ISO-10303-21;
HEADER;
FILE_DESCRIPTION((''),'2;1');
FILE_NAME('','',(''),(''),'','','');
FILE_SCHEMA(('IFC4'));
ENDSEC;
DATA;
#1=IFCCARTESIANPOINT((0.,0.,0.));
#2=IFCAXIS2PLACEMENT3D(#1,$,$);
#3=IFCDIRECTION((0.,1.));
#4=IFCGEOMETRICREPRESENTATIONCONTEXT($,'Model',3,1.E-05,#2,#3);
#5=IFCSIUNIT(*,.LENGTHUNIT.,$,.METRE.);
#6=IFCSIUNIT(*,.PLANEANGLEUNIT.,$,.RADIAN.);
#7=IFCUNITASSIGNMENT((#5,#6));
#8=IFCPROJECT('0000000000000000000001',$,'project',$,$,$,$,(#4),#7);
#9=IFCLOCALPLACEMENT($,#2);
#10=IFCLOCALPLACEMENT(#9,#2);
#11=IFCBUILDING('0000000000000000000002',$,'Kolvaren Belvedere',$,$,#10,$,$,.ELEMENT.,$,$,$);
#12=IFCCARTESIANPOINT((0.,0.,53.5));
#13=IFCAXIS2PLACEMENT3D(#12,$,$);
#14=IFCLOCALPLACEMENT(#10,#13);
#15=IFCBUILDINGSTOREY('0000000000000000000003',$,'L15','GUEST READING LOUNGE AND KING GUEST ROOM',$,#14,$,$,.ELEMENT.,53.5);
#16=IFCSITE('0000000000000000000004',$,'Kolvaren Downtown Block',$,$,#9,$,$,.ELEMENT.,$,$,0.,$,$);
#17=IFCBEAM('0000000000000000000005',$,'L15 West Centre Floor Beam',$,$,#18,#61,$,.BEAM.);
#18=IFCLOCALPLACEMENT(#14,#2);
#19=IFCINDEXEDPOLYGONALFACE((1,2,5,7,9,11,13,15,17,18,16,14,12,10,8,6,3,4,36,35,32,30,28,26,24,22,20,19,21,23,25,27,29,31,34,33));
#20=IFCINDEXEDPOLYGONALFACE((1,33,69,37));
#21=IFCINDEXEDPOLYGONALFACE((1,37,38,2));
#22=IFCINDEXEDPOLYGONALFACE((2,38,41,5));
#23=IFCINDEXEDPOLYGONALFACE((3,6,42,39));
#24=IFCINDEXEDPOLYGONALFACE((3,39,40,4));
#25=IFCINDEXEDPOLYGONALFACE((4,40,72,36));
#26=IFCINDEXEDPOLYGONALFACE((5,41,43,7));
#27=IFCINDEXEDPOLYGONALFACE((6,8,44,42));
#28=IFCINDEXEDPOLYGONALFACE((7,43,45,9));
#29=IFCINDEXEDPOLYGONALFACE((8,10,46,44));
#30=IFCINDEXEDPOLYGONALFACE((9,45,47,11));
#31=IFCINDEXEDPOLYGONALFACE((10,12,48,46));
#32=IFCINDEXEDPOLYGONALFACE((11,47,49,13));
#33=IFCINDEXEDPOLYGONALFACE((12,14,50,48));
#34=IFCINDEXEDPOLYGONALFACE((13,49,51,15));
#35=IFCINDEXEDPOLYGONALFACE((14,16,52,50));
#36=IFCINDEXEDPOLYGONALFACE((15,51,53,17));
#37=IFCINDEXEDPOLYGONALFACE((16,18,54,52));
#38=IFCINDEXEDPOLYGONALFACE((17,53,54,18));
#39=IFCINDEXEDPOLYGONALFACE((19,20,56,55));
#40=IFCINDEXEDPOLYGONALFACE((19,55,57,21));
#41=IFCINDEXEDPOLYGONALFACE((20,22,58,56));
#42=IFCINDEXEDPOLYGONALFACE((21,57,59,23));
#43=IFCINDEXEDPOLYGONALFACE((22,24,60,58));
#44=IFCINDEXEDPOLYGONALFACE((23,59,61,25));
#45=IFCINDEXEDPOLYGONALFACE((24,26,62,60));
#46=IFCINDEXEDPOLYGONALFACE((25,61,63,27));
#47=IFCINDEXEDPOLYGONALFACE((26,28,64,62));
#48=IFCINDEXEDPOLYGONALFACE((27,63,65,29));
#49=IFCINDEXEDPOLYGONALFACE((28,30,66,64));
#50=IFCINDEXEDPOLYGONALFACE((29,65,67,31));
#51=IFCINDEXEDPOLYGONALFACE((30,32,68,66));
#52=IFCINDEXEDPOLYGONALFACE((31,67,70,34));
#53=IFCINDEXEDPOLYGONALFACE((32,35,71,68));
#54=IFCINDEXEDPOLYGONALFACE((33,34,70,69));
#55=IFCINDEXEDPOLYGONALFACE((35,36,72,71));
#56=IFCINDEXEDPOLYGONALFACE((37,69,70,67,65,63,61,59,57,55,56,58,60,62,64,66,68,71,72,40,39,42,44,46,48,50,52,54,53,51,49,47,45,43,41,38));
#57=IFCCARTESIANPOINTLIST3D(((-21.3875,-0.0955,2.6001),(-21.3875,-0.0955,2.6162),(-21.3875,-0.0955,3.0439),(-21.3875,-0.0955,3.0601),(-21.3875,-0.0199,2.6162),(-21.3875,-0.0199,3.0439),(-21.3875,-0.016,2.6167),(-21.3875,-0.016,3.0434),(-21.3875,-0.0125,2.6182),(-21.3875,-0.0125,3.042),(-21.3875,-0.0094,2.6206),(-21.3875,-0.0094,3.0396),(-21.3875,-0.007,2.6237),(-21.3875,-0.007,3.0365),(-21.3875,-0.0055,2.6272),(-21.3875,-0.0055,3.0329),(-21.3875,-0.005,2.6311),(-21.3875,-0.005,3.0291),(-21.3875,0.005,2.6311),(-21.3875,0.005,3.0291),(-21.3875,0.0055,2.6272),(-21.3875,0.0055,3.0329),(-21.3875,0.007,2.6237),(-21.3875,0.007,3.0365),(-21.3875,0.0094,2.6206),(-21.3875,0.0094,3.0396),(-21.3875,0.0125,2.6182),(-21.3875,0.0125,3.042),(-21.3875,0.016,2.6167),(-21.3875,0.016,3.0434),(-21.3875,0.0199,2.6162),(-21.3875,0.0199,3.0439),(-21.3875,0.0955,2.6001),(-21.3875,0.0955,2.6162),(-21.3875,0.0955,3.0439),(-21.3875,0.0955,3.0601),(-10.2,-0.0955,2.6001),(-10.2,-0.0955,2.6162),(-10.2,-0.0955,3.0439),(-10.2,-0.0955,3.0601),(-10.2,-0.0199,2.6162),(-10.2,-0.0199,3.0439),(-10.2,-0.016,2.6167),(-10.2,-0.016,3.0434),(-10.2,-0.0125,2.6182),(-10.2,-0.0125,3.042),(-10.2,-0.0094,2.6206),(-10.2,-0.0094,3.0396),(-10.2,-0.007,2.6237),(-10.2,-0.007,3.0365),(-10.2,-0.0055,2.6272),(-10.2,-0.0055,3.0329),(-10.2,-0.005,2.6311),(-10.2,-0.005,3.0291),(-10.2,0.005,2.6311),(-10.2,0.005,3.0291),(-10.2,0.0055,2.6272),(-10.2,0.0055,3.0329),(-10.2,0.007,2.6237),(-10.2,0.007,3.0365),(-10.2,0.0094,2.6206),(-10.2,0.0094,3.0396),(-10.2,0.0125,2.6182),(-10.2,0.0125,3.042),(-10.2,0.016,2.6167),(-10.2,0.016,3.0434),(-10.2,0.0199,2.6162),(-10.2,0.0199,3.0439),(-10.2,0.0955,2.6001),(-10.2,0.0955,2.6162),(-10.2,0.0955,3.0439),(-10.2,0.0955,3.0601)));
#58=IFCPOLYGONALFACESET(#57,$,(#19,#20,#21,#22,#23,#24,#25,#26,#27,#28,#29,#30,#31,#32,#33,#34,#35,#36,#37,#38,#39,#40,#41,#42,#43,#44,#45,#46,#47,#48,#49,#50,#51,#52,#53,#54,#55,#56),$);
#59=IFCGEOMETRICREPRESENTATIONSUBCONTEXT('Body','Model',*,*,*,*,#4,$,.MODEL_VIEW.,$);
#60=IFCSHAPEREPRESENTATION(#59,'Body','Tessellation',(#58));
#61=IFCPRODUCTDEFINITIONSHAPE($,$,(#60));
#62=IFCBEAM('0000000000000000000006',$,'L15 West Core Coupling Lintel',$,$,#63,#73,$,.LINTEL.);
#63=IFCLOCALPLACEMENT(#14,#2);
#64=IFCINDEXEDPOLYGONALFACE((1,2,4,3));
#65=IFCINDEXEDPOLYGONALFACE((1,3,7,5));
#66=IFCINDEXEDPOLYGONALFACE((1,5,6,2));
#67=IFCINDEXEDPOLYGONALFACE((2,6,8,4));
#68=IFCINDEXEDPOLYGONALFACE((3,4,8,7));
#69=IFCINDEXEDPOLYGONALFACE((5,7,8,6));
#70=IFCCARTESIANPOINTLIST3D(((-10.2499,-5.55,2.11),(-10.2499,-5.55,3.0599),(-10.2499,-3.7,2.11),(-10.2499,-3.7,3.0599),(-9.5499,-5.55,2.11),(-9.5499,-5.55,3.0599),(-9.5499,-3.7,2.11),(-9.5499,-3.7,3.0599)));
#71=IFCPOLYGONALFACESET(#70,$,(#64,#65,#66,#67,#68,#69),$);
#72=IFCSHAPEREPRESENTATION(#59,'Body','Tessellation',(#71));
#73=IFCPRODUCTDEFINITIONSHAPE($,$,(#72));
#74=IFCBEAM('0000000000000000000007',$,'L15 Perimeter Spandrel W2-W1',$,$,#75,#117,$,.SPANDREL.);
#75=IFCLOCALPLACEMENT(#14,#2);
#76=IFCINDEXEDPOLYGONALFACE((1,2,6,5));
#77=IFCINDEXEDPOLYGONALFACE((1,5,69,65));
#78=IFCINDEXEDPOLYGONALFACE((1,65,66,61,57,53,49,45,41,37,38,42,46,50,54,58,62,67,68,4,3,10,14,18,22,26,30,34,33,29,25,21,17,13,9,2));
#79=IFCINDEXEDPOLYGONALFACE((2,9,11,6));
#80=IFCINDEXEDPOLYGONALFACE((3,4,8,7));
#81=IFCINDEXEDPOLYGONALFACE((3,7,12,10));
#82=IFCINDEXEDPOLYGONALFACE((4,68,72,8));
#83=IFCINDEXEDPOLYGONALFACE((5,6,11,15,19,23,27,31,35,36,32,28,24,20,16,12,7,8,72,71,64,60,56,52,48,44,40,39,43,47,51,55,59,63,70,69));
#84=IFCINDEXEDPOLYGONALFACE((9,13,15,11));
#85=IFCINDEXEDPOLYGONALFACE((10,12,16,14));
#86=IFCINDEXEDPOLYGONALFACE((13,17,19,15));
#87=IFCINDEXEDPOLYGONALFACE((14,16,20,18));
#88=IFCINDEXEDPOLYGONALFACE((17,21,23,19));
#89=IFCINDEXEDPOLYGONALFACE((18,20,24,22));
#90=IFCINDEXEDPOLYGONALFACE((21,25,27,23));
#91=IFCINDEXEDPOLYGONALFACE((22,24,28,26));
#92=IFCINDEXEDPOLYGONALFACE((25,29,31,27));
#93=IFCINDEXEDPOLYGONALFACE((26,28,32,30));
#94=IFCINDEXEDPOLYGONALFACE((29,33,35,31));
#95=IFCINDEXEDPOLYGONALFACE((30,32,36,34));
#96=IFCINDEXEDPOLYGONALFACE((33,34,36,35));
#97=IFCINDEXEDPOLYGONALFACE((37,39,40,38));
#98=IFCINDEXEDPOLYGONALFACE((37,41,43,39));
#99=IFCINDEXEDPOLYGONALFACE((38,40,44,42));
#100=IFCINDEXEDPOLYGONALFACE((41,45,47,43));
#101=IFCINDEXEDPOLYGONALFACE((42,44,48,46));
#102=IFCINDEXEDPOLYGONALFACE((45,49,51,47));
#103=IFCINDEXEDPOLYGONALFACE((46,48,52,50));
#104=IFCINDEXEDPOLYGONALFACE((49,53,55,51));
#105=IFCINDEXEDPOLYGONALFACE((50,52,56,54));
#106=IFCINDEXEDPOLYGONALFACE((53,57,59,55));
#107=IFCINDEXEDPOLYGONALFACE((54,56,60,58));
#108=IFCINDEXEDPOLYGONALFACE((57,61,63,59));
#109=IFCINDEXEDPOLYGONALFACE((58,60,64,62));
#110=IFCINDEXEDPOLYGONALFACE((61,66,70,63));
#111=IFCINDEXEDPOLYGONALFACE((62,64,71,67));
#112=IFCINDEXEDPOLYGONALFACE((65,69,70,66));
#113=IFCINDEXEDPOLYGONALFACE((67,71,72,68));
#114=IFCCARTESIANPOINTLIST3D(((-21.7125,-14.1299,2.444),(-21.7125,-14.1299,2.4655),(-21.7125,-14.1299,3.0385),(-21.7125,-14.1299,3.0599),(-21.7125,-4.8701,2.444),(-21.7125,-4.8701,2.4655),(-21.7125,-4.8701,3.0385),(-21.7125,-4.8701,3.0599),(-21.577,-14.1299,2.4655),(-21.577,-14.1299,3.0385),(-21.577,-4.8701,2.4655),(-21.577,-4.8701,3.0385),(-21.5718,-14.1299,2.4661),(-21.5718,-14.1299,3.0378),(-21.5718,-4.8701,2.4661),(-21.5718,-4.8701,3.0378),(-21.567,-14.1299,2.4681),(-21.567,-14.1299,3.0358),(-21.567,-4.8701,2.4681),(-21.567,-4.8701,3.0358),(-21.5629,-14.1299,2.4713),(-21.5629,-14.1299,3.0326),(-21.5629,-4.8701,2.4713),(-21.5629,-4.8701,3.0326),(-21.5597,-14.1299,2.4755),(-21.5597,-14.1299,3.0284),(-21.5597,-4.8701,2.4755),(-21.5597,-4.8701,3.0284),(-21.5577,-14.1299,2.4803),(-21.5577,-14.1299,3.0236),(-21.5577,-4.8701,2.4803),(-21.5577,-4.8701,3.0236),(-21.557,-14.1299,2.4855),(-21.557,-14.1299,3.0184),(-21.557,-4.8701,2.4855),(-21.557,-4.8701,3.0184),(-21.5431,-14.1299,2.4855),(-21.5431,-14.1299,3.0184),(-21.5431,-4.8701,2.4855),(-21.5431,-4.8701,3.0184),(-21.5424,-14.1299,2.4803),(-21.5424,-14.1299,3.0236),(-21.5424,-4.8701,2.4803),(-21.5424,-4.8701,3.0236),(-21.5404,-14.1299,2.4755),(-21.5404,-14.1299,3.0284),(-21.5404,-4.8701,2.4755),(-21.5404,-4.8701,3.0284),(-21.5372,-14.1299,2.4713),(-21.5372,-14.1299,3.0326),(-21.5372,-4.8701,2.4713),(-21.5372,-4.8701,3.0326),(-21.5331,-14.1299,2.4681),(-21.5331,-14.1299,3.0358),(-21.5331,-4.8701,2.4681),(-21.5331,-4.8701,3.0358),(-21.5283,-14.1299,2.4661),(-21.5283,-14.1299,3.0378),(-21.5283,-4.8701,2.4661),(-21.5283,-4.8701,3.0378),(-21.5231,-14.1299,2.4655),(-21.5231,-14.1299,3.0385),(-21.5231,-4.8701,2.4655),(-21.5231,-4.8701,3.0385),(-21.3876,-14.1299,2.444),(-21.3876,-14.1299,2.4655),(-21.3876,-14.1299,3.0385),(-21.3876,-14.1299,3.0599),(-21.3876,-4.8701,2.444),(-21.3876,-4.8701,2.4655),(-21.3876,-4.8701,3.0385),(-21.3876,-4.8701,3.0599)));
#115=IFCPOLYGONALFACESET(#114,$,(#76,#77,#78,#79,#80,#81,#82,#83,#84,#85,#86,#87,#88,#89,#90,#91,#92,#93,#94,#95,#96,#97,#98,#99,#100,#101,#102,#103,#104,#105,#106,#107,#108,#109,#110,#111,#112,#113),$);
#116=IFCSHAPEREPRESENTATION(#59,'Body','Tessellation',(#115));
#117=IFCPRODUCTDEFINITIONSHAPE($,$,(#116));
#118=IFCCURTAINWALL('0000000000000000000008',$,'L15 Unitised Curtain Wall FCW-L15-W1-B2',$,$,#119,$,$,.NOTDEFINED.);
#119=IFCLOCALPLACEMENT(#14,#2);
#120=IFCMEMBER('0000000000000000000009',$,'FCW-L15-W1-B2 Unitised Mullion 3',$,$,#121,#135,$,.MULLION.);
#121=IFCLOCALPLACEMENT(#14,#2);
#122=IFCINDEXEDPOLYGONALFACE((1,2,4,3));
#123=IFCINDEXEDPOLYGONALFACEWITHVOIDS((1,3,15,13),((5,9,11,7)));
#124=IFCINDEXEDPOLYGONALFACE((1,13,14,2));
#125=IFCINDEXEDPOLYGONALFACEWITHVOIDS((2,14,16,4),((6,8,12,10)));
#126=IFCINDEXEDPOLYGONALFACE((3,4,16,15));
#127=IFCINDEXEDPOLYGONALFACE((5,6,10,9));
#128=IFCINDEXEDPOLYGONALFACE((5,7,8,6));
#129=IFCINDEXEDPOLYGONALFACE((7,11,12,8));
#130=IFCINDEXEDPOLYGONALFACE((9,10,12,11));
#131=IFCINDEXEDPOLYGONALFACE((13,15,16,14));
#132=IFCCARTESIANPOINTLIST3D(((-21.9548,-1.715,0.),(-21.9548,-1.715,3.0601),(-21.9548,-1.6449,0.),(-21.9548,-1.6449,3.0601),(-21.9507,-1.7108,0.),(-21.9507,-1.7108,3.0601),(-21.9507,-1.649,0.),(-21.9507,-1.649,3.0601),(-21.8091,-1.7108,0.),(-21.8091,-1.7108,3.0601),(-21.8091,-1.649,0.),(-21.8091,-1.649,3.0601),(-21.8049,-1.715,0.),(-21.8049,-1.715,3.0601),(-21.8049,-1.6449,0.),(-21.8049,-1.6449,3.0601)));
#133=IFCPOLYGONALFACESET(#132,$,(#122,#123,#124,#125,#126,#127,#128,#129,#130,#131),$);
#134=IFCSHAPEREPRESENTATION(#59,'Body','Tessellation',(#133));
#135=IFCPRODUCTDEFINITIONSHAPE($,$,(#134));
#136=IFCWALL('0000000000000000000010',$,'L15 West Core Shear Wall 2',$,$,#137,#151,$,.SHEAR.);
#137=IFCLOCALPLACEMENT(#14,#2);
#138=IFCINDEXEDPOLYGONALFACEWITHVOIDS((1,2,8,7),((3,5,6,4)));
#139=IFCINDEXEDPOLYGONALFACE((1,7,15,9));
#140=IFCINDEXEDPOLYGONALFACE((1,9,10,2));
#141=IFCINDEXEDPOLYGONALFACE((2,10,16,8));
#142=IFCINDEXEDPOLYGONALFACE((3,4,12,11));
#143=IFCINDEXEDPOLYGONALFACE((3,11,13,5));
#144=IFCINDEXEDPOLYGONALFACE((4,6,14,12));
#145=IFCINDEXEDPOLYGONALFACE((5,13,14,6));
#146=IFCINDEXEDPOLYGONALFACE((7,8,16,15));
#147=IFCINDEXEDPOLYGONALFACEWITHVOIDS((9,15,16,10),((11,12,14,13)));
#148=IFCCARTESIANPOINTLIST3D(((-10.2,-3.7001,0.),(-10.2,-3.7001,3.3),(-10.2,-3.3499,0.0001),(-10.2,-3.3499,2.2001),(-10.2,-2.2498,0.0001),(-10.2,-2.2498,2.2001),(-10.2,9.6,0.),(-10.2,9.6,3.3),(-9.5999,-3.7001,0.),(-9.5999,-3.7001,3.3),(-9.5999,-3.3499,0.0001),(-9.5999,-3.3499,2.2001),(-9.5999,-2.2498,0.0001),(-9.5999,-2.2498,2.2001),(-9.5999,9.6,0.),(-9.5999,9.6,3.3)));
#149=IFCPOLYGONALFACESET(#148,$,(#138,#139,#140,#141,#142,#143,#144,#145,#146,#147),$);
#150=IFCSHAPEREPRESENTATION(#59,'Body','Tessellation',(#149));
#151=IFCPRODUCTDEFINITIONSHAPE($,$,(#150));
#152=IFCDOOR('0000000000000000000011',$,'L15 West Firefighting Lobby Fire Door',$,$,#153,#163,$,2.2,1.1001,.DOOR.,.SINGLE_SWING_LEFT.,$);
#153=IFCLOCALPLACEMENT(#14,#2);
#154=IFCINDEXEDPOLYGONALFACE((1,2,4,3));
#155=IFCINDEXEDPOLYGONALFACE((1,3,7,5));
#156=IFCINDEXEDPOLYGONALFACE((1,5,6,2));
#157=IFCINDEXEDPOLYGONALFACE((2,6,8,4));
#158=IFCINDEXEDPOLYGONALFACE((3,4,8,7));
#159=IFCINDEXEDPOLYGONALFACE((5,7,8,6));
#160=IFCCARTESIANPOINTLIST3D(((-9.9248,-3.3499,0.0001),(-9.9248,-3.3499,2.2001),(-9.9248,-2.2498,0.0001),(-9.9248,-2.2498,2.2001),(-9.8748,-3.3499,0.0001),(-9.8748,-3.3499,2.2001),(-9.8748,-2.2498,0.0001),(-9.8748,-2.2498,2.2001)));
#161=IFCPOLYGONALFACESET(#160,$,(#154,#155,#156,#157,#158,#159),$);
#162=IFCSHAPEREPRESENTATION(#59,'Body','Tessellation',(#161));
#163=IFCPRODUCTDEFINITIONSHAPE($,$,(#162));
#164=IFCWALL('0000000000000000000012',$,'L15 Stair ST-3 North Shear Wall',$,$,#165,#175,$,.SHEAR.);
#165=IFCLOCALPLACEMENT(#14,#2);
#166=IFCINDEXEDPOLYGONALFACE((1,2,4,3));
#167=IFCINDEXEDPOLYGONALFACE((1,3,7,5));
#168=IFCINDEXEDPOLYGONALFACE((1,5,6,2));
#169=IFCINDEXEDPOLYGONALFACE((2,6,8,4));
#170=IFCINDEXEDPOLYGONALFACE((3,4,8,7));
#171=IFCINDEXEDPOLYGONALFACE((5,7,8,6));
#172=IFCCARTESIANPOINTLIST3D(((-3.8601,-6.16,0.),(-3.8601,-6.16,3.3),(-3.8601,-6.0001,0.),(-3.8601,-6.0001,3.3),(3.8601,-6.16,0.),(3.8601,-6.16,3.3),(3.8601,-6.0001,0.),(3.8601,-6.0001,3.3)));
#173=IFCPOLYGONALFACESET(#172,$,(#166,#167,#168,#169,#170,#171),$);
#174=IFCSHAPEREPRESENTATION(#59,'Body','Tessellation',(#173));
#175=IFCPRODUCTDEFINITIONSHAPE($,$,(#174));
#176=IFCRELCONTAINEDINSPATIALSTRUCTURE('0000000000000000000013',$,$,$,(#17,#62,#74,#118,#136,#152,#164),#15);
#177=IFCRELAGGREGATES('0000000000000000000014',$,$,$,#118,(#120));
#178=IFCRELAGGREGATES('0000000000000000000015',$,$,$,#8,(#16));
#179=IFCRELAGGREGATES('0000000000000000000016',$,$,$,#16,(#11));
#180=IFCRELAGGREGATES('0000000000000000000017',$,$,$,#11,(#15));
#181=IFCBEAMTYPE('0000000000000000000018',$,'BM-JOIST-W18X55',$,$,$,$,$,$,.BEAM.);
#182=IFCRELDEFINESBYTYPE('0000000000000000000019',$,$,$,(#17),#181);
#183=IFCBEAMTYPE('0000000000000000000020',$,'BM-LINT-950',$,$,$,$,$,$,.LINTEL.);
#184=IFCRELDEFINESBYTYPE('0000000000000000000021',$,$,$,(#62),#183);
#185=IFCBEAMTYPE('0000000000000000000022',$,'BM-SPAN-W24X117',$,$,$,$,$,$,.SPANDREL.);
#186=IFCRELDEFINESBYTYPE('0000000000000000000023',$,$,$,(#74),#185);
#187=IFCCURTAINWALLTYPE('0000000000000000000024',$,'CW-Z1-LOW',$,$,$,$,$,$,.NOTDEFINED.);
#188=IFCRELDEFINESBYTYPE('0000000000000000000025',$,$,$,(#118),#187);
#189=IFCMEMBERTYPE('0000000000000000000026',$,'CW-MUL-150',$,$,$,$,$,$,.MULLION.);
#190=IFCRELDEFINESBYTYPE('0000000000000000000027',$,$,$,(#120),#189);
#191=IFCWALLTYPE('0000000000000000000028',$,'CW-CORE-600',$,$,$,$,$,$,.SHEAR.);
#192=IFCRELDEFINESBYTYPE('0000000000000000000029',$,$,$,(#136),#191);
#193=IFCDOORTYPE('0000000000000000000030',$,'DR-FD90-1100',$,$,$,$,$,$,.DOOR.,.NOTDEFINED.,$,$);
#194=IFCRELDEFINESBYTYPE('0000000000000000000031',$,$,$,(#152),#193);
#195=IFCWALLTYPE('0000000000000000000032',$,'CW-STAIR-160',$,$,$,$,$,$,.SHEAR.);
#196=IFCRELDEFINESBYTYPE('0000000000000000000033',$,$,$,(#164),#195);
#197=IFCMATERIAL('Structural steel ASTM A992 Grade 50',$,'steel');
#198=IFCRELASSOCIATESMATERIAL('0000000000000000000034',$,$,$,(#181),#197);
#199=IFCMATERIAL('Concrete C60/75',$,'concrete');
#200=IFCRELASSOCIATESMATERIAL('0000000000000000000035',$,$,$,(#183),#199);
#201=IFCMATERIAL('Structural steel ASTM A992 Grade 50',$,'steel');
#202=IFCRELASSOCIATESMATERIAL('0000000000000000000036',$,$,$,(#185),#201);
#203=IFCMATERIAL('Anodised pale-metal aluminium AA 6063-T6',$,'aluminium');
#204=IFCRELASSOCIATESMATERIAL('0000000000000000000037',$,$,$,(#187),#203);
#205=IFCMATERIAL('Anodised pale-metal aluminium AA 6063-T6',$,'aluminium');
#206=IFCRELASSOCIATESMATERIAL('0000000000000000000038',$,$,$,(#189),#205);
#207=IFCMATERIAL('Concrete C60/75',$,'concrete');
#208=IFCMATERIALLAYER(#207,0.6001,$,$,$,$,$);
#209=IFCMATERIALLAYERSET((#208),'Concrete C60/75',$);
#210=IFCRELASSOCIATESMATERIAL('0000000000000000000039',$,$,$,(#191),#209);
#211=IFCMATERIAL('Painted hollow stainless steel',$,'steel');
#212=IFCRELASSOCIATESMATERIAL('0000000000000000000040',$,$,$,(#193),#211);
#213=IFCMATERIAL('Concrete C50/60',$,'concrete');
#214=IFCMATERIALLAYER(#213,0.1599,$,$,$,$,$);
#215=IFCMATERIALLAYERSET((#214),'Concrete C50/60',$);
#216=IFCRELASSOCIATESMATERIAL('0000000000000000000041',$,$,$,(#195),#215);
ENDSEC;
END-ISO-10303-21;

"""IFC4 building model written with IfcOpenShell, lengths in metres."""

from ifc_helpers import new_model, si_unit, direction, frame, frame_2d, origin, origin_2d, place, context, subcontext, project, spatial, rectangle, hollow_rectangle, i_section, extrude, material, layer, layer_set, material_profile, profile_set, type_object, element, fill, aggregate, save


model = new_model("IFC4")

# Units and contexts
model_context = context("Model", 3, precision=1e-05, world=origin(), true_north=direction((0.0, 1.0)))
body_context = subcontext(model_context, "Body", "Model", "MODEL_VIEW")
ifc_project = project(units=[si_unit("LENGTHUNIT", "METRE"), si_unit("PLANEANGLEUNIT", "RADIAN")], contexts=[model_context])

# Site, building, storey
site_placement = place(None, origin())
site = spatial("IfcSite", under=ifc_project, at=site_placement, Name="Kolvaren Downtown Block", CompositionType="ELEMENT", RefElevation=0.0)
building_placement = place(site_placement, origin())
building = spatial("IfcBuilding", under=site, at=building_placement, Name="Kolvaren Belvedere", CompositionType="ELEMENT")
storey_placement = place(building_placement, frame((0.0, 0.0, 53.5)))
storey = spatial("IfcBuildingStorey", under=building, at=storey_placement, Name="L15", Description="GUEST READING LOUNGE AND KING GUEST ROOM", CompositionType="ELEMENT", Elevation=53.5)

# Beams
ifc_material_1 = material(Name="Structural steel ASTM A992 Grade 50", Category="steel")
ifc_material_profile_1 = material_profile(ifc_material_1, i_section(OverallWidth=0.1909, OverallDepth=0.46, WebThickness=0.01, FlangeThickness=0.0161, FilletRadius=0.0149, at=origin_2d()), Name="W18X55")
ifc_profile_set_1 = profile_set([ifc_material_profile_1], Name="Structural steel ASTM A992 Grade 50")
beam_type_1 = type_object("IfcBeamType", Name="BM-JOIST-W18X55", PredefinedType="BEAM", material=ifc_profile_set_1)
beam_1_placement = place(storey_placement, frame((-10.2, 0.0, 2.8301), z_axis=(-1.0, 0.0, 0.0), x_axis=(0.0, -1.0, 0.0)))
element("IfcBeam", 1, at=beam_1_placement, inside=storey, type_object=beam_type_1, Name="L15 West Centre Floor Beam", PredefinedType="BEAM", context=body_context, shape_type="SweptSolid", body=[
    extrude(i_section(OverallWidth=0.1909, OverallDepth=0.46, WebThickness=0.01, FlangeThickness=0.0161, FilletRadius=0.0149, at=origin_2d()), origin(), (0.0, 0.0, 1.0), 11.1875),
])
ifc_material_2 = material(Name="Concrete C60/75", Category="concrete")
ifc_material_profile_2 = material_profile(ifc_material_2, rectangle(XDim=0.7, YDim=0.95, at=origin_2d()), Name="RC 700X950")
ifc_profile_set_2 = profile_set([ifc_material_profile_2], Name="Concrete C60/75")
beam_type_2 = type_object("IfcBeamType", Name="BM-LINT-950", PredefinedType="LINTEL", material=ifc_profile_set_2)
beam_2_placement = place(storey_placement, frame((-9.8999, -5.55, 2.585), z_axis=(0.0, 1.0, 0.0), x_axis=(-1.0, 0.0, 0.0)))
element("IfcBeam", 2, at=beam_2_placement, inside=storey, type_object=beam_type_2, Name="L15 West Core Coupling Lintel", PredefinedType="LINTEL", context=body_context, shape_type="SweptSolid", body=[
    extrude(rectangle(XDim=0.7, YDim=0.95, at=origin_2d()), origin(), (0.0, 0.0, 1.0), 1.8501),
])
ifc_material_3 = material(Name="Structural steel ASTM A992 Grade 50", Category="steel")
ifc_material_profile_3 = material_profile(ifc_material_3, i_section(OverallWidth=0.325, OverallDepth=0.616, WebThickness=0.0139, FlangeThickness=0.0215, FilletRadius=0.02, at=origin_2d()), Name="W24X117")
ifc_profile_set_3 = profile_set([ifc_material_profile_3], Name="Structural steel ASTM A992 Grade 50")
beam_type_3 = type_object("IfcBeamType", Name="BM-SPAN-W24X117", PredefinedType="SPANDREL", material=ifc_profile_set_3)
beam_3_placement = place(storey_placement, frame((-21.55, -4.8701, 2.752), z_axis=(0.0, -1.0, 0.0), x_axis=(1.0, 0.0, 0.0)))
element("IfcBeam", 3, at=beam_3_placement, inside=storey, type_object=beam_type_3, Name="L15 Perimeter Spandrel W2-W1", PredefinedType="SPANDREL", context=body_context, shape_type="SweptSolid", body=[
    extrude(i_section(OverallWidth=0.325, OverallDepth=0.616, WebThickness=0.0139, FlangeThickness=0.0215, FilletRadius=0.02, at=origin_2d()), origin(), (0.0, 0.0, 1.0), 9.2598),
])

# Curtain wall, member
ifc_material_4 = material(Name="Anodised pale-metal aluminium AA 6063-T6", Category="aluminium")
curtain_wall_type = type_object("IfcCurtainWallType", Name="CW-Z1-LOW", PredefinedType="NOTDEFINED", material=ifc_material_4)
curtain_wall_placement = place(storey_placement, origin())
curtain_wall = element("IfcCurtainWall", 4, at=curtain_wall_placement, inside=storey, type_object=curtain_wall_type, Name="L15 Unitised Curtain Wall FCW-L15-W1-B2", PredefinedType="NOTDEFINED")
ifc_material_5 = material(Name="Anodised pale-metal aluminium AA 6063-T6", Category="aluminium")
ifc_material_profile_4 = material_profile(ifc_material_5, hollow_rectangle(XDim=0.0701, YDim=0.1499, WallThickness=0.0042, at=origin_2d()), Name="ALU-MUL-150X70")
ifc_profile_set_4 = profile_set([ifc_material_profile_4], Name="Anodised pale-metal aluminium AA 6063-T6")
member_type = type_object("IfcMemberType", Name="CW-MUL-150", PredefinedType="MULLION", material=ifc_profile_set_4)
member_placement = place(storey_placement, frame((-21.8799, -1.6799, 0.0), z_axis=(0.0, 0.0, 1.0), x_axis=(0.0, 1.0, 0.0)))
member = element("IfcMember", 5, at=member_placement, type_object=member_type, Name="FCW-L15-W1-B2 Unitised Mullion 3", PredefinedType="MULLION", context=body_context, shape_type="SweptSolid", body=[
    extrude(hollow_rectangle(XDim=0.0701, YDim=0.1499, WallThickness=0.0042, at=origin_2d()), origin(), (0.0, 0.0, 1.0), 3.0601),
])
aggregate(curtain_wall, [member])

# Wall, opening, door
ifc_material_6 = material(Name="Concrete C60/75", Category="concrete")
ifc_layer_1 = layer(ifc_material_6, 0.6001)
ifc_layer_set_1 = layer_set([ifc_layer_1], Name="Concrete C60/75")
wall_type_1 = type_object("IfcWallType", Name="CW-CORE-600", PredefinedType="SHEAR", material=ifc_layer_set_1)
wall_1_placement = place(storey_placement, frame((-9.8999, -3.7, 0.0), z_axis=(0.0, 0.0, 1.0), x_axis=(0.0, 1.0, 0.0)))
wall_1 = element("IfcWall", 6, at=wall_1_placement, inside=storey, type_object=wall_type_1, Name="L15 West Core Shear Wall 2", PredefinedType="SHEAR", context=body_context, shape_type="SweptSolid", body=[
    extrude(rectangle(XDim=13.3, YDim=0.6001, at=frame_2d((6.6499, 0.0))), origin(), (0.0, 0.0, 1.0), 3.3),
])
opening_1_placement = place(wall_1_placement, frame((0.3501, 0.0, 0.0)))
opening_1 = element("IfcOpeningElement", 7, at=opening_1_placement, cuts=wall_1, PredefinedType="OPENING", context=body_context, shape_type="SweptSolid", body=[
    extrude(rectangle(XDim=1.1001, YDim=2.2, at=frame_2d((0.55, 1.1001))), frame((0.0, 0.3101, 0.0), z_axis=(0.0, -1.0, 0.0), x_axis=(1.0, 0.0, 0.0)), (0.0, 0.0, 1.0), 0.6201),
])
ifc_material_7 = material(Name="Painted hollow stainless steel", Category="steel")
door_type_1 = type_object("IfcDoorType", Name="DR-FD90-1100", OperationType="NOTDEFINED", PredefinedType="DOOR", material=ifc_material_7)
door_1_placement = place(opening_1_placement, origin())
door_1 = element("IfcDoor", 8, at=door_1_placement, inside=storey, type_object=door_type_1, Name="L15 West Firefighting Lobby Fire Door", OperationType="SINGLE_SWING_LEFT", OverallHeight=2.2, OverallWidth=1.1001, PredefinedType="DOOR", context=body_context, shape_type="SweptSolid", body=[
    extrude(rectangle(XDim=1.1001, YDim=2.2, at=frame_2d((0.55, 1.1001))), frame((0.0, 0.0249, 0.0), z_axis=(0.0, -1.0, 0.0), x_axis=(1.0, 0.0, 0.0)), (0.0, 0.0, 1.0), 0.05),
])
fill(opening_1, door_1)

# Wall
ifc_material_8 = material(Name="Concrete C50/60", Category="concrete")
ifc_layer_2 = layer(ifc_material_8, 0.1599)
ifc_layer_set_2 = layer_set([ifc_layer_2], Name="Concrete C50/60")
wall_type_2 = type_object("IfcWallType", Name="CW-STAIR-160", PredefinedType="SHEAR", material=ifc_layer_set_2)
wall_2_placement = place(storey_placement, frame((-3.8601, -6.0801, 0.0), z_axis=(0.0, 0.0, 1.0), x_axis=(1.0, 0.0, 0.0)))
element("IfcWall", 9, at=wall_2_placement, inside=storey, type_object=wall_type_2, Name="L15 Stair ST-3 North Shear Wall", PredefinedType="SHEAR", context=body_context, shape_type="SweptSolid", body=[
    extrude(rectangle(XDim=7.7202, YDim=0.1599, at=frame_2d((3.8601, 0.0))), origin(), (0.0, 0.0, 1.0), 3.3),
])

save(model, "model.ifc")
